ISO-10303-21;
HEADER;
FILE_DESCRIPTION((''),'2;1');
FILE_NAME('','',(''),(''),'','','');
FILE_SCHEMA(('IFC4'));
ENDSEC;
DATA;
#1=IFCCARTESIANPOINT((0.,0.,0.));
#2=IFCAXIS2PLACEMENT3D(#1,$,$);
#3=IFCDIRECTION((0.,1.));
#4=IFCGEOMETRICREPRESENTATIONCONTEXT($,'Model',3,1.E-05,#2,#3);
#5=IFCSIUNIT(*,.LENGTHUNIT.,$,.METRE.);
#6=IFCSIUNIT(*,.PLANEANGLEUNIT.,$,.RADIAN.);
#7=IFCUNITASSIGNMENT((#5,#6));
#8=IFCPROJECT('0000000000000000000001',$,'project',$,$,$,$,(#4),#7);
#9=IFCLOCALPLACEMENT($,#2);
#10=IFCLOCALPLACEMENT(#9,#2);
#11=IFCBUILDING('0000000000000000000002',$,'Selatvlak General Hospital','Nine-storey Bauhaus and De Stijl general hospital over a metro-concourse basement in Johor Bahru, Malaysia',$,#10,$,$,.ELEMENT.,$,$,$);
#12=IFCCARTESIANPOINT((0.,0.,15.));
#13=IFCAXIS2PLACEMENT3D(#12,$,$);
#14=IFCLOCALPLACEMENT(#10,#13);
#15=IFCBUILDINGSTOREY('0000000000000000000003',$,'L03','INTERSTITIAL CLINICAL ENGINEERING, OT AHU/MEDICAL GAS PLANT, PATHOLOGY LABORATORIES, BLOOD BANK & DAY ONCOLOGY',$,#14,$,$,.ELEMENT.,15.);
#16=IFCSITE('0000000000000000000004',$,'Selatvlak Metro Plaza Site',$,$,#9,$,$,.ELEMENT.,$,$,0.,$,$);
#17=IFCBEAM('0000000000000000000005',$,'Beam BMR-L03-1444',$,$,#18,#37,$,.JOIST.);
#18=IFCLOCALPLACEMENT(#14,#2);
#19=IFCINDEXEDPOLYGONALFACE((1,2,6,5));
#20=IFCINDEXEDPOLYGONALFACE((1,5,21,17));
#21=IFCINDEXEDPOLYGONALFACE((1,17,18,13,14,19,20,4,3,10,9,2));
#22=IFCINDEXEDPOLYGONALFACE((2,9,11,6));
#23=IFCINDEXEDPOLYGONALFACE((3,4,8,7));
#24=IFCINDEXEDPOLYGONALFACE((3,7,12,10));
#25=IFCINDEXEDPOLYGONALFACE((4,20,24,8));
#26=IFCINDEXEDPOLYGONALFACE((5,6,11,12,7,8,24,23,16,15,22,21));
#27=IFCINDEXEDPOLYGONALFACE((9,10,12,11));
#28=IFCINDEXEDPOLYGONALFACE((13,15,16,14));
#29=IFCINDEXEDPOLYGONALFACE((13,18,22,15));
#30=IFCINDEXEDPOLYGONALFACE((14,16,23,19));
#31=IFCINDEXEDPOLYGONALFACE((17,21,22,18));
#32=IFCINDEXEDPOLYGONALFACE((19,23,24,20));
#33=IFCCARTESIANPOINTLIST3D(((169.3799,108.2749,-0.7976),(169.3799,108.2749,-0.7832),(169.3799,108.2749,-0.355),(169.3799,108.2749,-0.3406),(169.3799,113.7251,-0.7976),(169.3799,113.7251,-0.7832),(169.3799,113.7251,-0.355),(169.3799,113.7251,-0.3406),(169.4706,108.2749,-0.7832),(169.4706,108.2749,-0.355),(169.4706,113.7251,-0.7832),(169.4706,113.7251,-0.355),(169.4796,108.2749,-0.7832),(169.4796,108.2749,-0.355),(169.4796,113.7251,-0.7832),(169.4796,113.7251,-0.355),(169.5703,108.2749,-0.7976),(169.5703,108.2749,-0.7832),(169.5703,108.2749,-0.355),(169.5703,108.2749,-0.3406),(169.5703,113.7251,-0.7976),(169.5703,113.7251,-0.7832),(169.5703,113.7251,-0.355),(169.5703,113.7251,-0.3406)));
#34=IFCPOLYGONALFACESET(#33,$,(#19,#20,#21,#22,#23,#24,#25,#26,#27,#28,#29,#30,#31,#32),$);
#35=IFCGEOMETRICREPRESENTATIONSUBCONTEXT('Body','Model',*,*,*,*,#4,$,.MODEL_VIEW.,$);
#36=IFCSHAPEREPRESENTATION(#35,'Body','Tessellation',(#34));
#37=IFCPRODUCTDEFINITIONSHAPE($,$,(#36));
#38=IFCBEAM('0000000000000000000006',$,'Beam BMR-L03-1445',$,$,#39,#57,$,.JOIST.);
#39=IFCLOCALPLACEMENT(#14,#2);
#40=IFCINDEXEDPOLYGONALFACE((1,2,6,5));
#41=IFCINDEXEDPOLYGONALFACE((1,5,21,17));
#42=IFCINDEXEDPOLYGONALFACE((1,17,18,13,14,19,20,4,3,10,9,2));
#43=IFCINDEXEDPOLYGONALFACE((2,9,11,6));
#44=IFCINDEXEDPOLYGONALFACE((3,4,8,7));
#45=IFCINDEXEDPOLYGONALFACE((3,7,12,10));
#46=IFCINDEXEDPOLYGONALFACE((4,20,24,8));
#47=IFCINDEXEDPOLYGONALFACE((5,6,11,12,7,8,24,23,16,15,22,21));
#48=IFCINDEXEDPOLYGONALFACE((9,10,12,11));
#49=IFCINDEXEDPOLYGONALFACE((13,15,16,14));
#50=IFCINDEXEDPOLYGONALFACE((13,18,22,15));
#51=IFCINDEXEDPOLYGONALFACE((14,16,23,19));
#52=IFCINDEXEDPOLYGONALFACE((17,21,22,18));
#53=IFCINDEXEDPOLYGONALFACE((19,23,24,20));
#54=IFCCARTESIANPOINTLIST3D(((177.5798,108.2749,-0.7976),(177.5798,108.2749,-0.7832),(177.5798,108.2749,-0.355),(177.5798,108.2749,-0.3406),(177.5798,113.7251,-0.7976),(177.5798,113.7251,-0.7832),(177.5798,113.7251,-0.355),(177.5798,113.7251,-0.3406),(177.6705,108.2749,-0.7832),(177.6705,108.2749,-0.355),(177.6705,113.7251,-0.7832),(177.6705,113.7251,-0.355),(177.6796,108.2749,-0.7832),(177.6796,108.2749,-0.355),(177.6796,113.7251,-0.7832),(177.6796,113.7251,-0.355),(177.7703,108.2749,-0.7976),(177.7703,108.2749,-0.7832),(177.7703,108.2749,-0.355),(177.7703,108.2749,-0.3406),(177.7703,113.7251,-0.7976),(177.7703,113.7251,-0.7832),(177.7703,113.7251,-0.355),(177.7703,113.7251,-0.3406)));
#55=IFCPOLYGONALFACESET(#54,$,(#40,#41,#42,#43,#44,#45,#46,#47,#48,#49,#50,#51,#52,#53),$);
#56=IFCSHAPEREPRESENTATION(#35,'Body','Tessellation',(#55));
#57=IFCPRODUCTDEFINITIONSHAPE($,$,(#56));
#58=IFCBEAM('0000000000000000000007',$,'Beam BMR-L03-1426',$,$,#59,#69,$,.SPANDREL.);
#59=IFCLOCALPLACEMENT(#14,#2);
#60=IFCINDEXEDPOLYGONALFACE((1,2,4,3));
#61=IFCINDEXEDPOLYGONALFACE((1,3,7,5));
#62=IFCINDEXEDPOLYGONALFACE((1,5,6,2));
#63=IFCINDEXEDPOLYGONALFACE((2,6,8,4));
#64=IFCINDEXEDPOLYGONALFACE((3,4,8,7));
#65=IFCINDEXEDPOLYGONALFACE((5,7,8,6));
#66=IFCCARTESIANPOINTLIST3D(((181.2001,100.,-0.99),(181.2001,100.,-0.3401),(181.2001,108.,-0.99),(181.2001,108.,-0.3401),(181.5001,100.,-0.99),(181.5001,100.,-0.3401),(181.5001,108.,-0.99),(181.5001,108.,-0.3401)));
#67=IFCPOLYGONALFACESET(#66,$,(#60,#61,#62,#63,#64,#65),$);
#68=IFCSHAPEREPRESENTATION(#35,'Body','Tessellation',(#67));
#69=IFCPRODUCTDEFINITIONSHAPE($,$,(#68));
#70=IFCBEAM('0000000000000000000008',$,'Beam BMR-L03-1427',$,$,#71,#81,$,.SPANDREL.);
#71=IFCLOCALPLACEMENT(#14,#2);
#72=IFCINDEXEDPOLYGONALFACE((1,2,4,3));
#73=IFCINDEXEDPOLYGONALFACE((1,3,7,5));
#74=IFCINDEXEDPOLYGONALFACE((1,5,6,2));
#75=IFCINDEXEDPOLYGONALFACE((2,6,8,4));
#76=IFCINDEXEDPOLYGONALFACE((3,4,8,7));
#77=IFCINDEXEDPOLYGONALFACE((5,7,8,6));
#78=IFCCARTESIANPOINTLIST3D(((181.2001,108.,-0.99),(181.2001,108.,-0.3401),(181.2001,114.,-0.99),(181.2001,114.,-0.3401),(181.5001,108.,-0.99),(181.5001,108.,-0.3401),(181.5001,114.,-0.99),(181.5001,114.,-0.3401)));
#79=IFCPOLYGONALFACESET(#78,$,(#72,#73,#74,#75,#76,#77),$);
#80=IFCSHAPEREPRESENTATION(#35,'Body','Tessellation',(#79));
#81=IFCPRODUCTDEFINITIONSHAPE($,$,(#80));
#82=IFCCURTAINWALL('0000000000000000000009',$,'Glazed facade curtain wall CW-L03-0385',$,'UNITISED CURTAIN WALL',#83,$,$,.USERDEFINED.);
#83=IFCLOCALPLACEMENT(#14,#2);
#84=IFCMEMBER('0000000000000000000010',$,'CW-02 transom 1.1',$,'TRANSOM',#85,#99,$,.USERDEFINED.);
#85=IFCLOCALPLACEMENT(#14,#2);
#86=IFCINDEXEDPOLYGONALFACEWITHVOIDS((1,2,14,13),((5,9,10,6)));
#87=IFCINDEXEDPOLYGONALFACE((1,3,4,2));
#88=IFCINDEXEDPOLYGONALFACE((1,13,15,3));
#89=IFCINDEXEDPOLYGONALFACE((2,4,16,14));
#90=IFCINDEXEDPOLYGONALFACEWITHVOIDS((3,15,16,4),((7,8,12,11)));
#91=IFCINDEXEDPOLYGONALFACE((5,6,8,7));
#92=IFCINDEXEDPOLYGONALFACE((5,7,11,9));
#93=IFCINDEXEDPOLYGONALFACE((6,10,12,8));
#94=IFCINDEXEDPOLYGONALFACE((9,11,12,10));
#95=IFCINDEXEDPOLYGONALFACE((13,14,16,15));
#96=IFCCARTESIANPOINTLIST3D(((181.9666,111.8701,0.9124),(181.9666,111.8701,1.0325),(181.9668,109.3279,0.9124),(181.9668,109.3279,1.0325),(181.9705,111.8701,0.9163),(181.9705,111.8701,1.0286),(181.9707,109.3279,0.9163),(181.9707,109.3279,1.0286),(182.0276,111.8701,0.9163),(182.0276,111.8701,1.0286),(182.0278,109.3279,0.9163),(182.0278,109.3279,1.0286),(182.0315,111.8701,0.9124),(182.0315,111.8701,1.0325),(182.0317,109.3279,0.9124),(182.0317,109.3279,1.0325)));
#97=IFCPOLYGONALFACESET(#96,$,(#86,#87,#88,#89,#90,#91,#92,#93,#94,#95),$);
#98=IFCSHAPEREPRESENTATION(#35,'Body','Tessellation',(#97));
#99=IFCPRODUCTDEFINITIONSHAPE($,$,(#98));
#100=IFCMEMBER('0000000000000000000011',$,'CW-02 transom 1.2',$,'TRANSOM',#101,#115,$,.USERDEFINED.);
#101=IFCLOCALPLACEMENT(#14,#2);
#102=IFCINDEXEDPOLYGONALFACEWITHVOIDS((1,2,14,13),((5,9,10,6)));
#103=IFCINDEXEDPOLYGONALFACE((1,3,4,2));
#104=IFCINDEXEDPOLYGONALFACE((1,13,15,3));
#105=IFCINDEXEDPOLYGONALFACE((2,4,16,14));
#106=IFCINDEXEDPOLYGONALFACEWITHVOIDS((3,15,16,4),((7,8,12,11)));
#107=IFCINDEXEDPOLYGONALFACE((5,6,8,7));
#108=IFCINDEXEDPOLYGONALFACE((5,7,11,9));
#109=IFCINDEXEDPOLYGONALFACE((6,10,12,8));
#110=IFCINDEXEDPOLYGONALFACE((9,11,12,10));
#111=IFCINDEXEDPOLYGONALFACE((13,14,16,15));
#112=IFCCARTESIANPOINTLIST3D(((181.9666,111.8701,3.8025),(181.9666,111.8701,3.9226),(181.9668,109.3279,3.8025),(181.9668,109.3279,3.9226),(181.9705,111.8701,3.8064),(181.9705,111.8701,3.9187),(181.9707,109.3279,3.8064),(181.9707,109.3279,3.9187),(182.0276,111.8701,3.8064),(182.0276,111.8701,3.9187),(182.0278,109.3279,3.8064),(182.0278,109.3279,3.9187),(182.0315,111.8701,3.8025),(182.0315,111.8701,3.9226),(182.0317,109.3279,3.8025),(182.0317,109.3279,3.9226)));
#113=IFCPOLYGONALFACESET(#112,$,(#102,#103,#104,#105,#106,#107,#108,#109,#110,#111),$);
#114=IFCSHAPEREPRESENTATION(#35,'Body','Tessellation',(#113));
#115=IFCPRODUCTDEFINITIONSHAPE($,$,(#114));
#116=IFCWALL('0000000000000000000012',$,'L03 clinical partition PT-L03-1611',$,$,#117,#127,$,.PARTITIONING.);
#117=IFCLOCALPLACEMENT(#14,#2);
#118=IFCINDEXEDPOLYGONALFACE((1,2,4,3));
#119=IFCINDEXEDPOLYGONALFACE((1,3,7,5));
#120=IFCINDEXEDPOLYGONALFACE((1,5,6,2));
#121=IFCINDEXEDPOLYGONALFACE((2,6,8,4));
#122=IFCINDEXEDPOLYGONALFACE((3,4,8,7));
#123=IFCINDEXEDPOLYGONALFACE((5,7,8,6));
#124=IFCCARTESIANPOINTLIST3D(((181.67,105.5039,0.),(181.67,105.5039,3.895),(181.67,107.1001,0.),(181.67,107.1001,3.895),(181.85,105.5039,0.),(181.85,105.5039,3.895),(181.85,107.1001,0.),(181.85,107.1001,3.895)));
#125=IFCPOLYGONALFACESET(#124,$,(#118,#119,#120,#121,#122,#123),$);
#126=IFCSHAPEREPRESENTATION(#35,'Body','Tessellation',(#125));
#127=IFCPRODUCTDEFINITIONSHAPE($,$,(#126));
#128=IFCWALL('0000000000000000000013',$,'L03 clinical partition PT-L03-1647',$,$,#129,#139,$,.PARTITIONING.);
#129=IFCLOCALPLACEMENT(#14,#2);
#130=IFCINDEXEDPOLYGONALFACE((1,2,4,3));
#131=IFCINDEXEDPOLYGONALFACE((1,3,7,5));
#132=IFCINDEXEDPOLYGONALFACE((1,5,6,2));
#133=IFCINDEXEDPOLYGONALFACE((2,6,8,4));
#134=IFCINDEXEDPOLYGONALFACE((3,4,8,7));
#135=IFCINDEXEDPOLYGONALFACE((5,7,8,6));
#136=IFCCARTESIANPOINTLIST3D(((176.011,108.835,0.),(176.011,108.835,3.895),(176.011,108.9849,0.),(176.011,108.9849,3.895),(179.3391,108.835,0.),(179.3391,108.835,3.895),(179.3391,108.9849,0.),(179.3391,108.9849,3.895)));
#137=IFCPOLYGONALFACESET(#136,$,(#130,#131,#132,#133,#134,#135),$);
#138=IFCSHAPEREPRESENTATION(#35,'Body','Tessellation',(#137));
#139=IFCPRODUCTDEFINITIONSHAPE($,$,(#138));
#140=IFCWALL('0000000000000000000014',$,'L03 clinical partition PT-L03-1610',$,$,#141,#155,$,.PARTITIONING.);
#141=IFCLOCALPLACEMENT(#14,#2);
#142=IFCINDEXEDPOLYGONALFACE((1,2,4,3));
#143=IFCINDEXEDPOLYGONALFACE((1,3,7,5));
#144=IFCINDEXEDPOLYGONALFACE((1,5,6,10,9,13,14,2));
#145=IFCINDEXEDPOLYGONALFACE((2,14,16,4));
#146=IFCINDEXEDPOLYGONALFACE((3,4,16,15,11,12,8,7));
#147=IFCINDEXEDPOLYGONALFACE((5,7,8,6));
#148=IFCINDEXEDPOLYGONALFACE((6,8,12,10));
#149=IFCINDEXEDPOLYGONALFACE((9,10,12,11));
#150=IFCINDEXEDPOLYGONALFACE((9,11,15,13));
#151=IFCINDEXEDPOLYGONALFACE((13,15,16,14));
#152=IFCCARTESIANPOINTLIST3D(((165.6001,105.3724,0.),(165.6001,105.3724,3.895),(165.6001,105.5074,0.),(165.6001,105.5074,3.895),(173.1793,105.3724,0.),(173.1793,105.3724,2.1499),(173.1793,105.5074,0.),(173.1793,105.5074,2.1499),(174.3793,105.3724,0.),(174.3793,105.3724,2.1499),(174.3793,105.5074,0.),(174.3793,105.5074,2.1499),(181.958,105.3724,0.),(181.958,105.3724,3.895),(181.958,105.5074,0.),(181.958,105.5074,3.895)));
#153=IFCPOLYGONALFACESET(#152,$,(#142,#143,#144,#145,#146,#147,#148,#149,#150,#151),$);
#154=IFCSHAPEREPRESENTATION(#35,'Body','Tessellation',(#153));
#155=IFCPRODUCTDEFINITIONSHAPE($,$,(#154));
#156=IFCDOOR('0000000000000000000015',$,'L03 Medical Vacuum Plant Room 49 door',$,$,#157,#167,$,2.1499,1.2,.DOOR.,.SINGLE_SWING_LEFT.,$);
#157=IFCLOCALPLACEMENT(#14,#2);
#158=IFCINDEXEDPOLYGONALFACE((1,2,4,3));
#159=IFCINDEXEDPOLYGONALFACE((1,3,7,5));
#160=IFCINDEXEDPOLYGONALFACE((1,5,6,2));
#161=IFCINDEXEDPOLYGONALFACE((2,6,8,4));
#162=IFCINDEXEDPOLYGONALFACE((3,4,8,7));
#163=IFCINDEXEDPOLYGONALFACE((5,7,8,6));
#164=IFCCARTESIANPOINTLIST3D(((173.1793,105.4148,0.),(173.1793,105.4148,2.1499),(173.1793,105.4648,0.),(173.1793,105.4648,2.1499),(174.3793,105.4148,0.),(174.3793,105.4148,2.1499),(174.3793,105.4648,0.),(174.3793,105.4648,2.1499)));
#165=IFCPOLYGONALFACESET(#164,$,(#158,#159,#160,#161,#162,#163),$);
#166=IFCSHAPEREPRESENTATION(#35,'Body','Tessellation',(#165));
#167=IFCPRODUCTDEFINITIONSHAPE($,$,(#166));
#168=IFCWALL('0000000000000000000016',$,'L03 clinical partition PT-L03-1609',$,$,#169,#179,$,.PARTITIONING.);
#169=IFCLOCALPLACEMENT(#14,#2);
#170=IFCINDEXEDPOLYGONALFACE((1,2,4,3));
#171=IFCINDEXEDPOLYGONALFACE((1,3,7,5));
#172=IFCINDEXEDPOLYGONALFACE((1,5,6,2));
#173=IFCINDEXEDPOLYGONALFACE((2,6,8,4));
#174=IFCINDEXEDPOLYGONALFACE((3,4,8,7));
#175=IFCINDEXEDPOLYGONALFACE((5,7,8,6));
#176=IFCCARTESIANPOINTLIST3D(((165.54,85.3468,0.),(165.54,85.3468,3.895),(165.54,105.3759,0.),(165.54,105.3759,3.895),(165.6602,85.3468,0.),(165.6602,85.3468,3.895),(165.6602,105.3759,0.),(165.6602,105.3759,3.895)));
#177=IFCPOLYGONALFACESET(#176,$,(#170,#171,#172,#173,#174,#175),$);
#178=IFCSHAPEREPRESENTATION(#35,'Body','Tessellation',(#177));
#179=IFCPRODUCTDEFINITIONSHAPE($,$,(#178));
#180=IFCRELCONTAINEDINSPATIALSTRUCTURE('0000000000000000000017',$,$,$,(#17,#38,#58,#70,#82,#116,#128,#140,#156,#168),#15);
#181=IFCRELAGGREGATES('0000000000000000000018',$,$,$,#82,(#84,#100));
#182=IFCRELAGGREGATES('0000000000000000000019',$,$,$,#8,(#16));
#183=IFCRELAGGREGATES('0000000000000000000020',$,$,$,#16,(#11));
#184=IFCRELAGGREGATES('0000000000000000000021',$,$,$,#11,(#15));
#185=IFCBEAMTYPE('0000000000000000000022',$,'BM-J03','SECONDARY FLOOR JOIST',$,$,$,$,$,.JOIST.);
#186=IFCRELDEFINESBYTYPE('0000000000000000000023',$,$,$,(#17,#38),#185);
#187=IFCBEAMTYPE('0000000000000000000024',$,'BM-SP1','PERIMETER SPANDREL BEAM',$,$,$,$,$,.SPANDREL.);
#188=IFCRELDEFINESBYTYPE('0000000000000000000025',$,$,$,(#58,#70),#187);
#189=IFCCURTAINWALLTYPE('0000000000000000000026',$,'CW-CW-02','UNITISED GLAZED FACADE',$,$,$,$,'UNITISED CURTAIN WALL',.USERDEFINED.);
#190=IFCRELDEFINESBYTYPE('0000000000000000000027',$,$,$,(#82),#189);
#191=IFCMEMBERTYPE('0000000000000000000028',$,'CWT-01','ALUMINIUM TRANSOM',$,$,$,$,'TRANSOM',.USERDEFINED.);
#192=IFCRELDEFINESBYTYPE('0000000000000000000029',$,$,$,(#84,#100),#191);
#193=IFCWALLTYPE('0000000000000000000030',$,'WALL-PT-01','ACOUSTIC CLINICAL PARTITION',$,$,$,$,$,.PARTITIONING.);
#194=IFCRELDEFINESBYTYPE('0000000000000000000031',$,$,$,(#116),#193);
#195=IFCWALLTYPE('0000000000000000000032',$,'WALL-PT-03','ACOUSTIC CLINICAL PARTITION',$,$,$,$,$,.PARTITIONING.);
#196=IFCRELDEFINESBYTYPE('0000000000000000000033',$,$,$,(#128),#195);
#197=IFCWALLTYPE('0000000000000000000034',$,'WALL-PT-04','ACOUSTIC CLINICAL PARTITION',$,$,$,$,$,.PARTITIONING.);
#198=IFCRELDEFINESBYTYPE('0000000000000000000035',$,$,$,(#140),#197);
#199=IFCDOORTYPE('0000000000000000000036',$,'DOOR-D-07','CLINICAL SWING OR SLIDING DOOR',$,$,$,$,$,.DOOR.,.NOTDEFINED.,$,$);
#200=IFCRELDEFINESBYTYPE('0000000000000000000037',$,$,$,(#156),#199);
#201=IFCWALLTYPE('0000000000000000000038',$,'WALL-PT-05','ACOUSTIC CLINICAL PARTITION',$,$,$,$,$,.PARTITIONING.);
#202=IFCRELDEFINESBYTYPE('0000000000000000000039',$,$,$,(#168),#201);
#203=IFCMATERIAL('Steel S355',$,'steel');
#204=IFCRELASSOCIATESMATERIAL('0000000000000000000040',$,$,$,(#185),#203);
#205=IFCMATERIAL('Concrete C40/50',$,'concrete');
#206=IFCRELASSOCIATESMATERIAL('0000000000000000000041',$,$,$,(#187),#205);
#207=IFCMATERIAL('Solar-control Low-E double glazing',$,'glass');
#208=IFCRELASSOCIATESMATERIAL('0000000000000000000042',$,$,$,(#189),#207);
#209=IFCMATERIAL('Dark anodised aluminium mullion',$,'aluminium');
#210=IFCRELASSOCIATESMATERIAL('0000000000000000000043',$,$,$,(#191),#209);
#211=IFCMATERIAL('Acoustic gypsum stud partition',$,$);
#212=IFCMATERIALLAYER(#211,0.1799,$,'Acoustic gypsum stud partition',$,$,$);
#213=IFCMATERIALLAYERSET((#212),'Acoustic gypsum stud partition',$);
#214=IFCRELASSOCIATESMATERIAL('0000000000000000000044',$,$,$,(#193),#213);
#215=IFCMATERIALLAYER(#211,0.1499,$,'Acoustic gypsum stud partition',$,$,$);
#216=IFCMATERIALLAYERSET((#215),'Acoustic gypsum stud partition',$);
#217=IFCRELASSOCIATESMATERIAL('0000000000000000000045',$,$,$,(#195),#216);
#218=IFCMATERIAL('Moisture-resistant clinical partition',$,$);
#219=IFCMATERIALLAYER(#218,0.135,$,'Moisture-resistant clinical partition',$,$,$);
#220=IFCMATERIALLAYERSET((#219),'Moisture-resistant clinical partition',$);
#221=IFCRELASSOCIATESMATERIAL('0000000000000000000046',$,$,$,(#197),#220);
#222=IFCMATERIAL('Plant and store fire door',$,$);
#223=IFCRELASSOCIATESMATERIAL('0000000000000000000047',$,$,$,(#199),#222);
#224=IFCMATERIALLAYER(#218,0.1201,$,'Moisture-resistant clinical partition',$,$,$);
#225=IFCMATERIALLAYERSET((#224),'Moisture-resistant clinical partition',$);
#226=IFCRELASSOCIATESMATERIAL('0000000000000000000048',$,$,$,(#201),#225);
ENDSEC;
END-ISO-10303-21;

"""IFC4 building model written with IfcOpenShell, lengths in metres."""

from ifc_helpers import new_model, si_unit, direction, frame, frame_2d, origin, origin_2d, place, context, subcontext, project, spatial, rectangle, hollow_rectangle, i_section, extrude, material, layer, layer_set, material_profile, profile_set, type_object, element, fill, aggregate, save


model = new_model("IFC4")

# Units and contexts
model_context = context("Model", 3, precision=1e-05, world=origin(), true_north=direction((0.0, 1.0)))
body_context = subcontext(model_context, "Body", "Model", "MODEL_VIEW")
ifc_project = project(units=[si_unit("LENGTHUNIT", "METRE"), si_unit("PLANEANGLEUNIT", "RADIAN")], contexts=[model_context])

# Site, building, storey
site_placement = place(None, origin())
site = spatial("IfcSite", under=ifc_project, at=site_placement, Name="Selatvlak Metro Plaza Site", CompositionType="ELEMENT", RefElevation=0.0)
building_placement = place(site_placement, origin())
building = spatial("IfcBuilding", under=site, at=building_placement, Name="Selatvlak General Hospital", Description="Nine-storey Bauhaus and De Stijl general hospital over a metro-concourse basement in Johor Bahru, Malaysia", CompositionType="ELEMENT")
storey_placement = place(building_placement, frame((0.0, 0.0, 15.0)))
storey = spatial("IfcBuildingStorey", under=building, at=storey_placement, Name="L03", Description="INTERSTITIAL CLINICAL ENGINEERING, OT AHU/MEDICAL GAS PLANT, PATHOLOGY LABORATORIES, BLOOD BANK & DAY ONCOLOGY", CompositionType="ELEMENT", Elevation=15.0)

# Shared definitions
ifc_material_1 = material(Name="Concrete C40/50", Category="concrete")

# Beams
ifc_material_2 = material(Name="Steel S355", Category="steel")
ifc_material_profile_1 = material_profile(ifc_material_2, i_section(OverallWidth=0.1904, OverallDepth=0.457, WebThickness=0.009, FlangeThickness=0.0144, at=origin_2d()), Name="UB 457x191x74")
ifc_profile_set_1 = profile_set([ifc_material_profile_1], Name="Steel S355")
beam_type_1 = type_object("IfcBeamType", Name="BM-J03", Description="SECONDARY FLOOR JOIST", PredefinedType="JOIST", material=ifc_profile_set_1)
for number, where, z_axis, x_axis, name in (
    (1, (169.4751, 108.2749, -0.5691), (0.0, 1.0, 0.0), (-1.0, 0.0, 0.0), "Beam BMR-L03-1444"),
    (2, (177.675, 108.2749, -0.5691), (0.0, 1.0, 0.0), (-1.0, 0.0, 0.0), "Beam BMR-L03-1445"),
):
    element("IfcBeam", number, at=place(storey_placement, frame(where, z_axis=z_axis, x_axis=x_axis)), inside=storey, type_object=beam_type_1, Name=name, PredefinedType="JOIST", context=body_context, shape_type="SweptSolid", body=[
        extrude(i_section(OverallWidth=0.1904, OverallDepth=0.457, WebThickness=0.009, FlangeThickness=0.0144, at=origin_2d()), origin(), (0.0, 0.0, 1.0), 5.4502),
    ])
ifc_material_profile_2 = material_profile(ifc_material_1, rectangle(XDim=0.3, YDim=0.6499, at=origin_2d()), Name="RC-SP 300x650")
ifc_profile_set_2 = profile_set([ifc_material_profile_2], Name="Concrete C40/50")
beam_type_2 = type_object("IfcBeamType", Name="BM-SP1", Description="PERIMETER SPANDREL BEAM", PredefinedType="SPANDREL", material=ifc_profile_set_2)
beam_1_placement = place(storey_placement, frame((181.3501, 100.0, -0.665), z_axis=(0.0, 1.0, 0.0), x_axis=(-1.0, 0.0, 0.0)))
element("IfcBeam", 3, at=beam_1_placement, inside=storey, type_object=beam_type_2, Name="Beam BMR-L03-1426", PredefinedType="SPANDREL", context=body_context, shape_type="SweptSolid", body=[
    extrude(rectangle(XDim=0.3, YDim=0.6499, at=origin_2d()), origin(), (0.0, 0.0, 1.0), 8.0),
])
beam_2_placement = place(storey_placement, frame((181.3501, 108.0, -0.665), z_axis=(0.0, 1.0, 0.0), x_axis=(-1.0, 0.0, 0.0)))
element("IfcBeam", 4, at=beam_2_placement, inside=storey, type_object=beam_type_2, Name="Beam BMR-L03-1427", PredefinedType="SPANDREL", context=body_context, shape_type="SweptSolid", body=[
    extrude(rectangle(XDim=0.3, YDim=0.6499, at=origin_2d()), origin(), (0.0, 0.0, 1.0), 6.0),
])

# Curtain wall, members
ifc_material_3 = material(Name="Solar-control Low-E double glazing", Category="glass")
curtain_wall_type = type_object("IfcCurtainWallType", Name="CW-CW-02", Description="UNITISED GLAZED FACADE", ElementType="UNITISED CURTAIN WALL", PredefinedType="USERDEFINED", material=ifc_material_3)
curtain_wall_placement = place(storey_placement, origin())
curtain_wall = element("IfcCurtainWall", 5, at=curtain_wall_placement, inside=storey, type_object=curtain_wall_type, Name="Glazed facade curtain wall CW-L03-0385", ObjectType="UNITISED CURTAIN WALL", PredefinedType="USERDEFINED")
ifc_material_4 = material(Name="Dark anodised aluminium mullion", Category="aluminium")
ifc_material_profile_3 = material_profile(ifc_material_4, hollow_rectangle(XDim=0.0649, YDim=0.1201, WallThickness=0.0039, at=origin_2d()), Name="AL-TRN 65x120x4")
ifc_profile_set_3 = profile_set([ifc_material_profile_3], Name="Dark anodised aluminium mullion")
member_type = type_object("IfcMemberType", Name="CWT-01", Description="ALUMINIUM TRANSOM", ElementType="TRANSOM", PredefinedType="USERDEFINED", material=ifc_profile_set_3)
member_1_placement = place(storey_placement, frame((181.999, 111.8701, 0.9724), z_axis=(0.000096, -1.0, 0.0), x_axis=(1.0, 0.000096, 0.0)))
member_1 = element("IfcMember", 6, at=member_1_placement, type_object=member_type, Name="CW-02 transom 1.1", ObjectType="TRANSOM", PredefinedType="USERDEFINED", context=body_context, shape_type="SweptSolid", body=[
    extrude(hollow_rectangle(XDim=0.0649, YDim=0.1201, WallThickness=0.0039, at=origin_2d()), origin(), (0.0, 0.0, 1.0), 2.5422),
])
member_2_placement = place(storey_placement, frame((181.999, 111.8701, 3.8625), z_axis=(0.000096, -1.0, 0.0), x_axis=(1.0, 0.000096, 0.0)))
member_2 = element("IfcMember", 7, at=member_2_placement, type_object=member_type, Name="CW-02 transom 1.2", ObjectType="TRANSOM", PredefinedType="USERDEFINED", context=body_context, shape_type="SweptSolid", body=[
    extrude(hollow_rectangle(XDim=0.0649, YDim=0.1201, WallThickness=0.0039, at=origin_2d()), origin(), (0.0, 0.0, 1.0), 2.5422),
])
aggregate(curtain_wall, [member_1, member_2])

# Walls
ifc_material_5 = material(Name="Acoustic gypsum stud partition")
ifc_layer_1 = layer(ifc_material_5, 0.1799, Name="Acoustic gypsum stud partition")
ifc_layer_set_1 = layer_set([ifc_layer_1], Name="Acoustic gypsum stud partition")
wall_type_1 = type_object("IfcWallType", Name="WALL-PT-01", Description="ACOUSTIC CLINICAL PARTITION", PredefinedType="PARTITIONING", material=ifc_layer_set_1)
wall_1_placement = place(storey_placement, frame((181.76, 105.5039, 0.0), z_axis=(0.0, 0.0, 1.0), x_axis=(0.0, 1.0, 0.0)))
element("IfcWall", 8, at=wall_1_placement, inside=storey, type_object=wall_type_1, Name="L03 clinical partition PT-L03-1611", PredefinedType="PARTITIONING", context=body_context, shape_type="SweptSolid", body=[
    extrude(rectangle(XDim=1.5962, YDim=0.1799, at=frame_2d((0.7981, 0.0))), origin(), (0.0, 0.0, 1.0), 3.895),
])
ifc_layer_2 = layer(ifc_material_5, 0.1499, Name="Acoustic gypsum stud partition")
ifc_layer_set_2 = layer_set([ifc_layer_2], Name="Acoustic gypsum stud partition")
wall_type_2 = type_object("IfcWallType", Name="WALL-PT-03", Description="ACOUSTIC CLINICAL PARTITION", PredefinedType="PARTITIONING", material=ifc_layer_set_2)
wall_2_placement = place(storey_placement, frame((179.3391, 108.9099, 0.0), z_axis=(0.0, 0.0, 1.0), x_axis=(-1.0, 0.0, 0.0)))
element("IfcWall", 9, at=wall_2_placement, inside=storey, type_object=wall_type_2, Name="L03 clinical partition PT-L03-1647", PredefinedType="PARTITIONING", context=body_context, shape_type="SweptSolid", body=[
    extrude(rectangle(XDim=3.3281, YDim=0.1499, at=frame_2d((1.6641, 0.0))), origin(), (0.0, 0.0, 1.0), 3.895),
])

# Wall, opening, door
ifc_material_6 = material(Name="Moisture-resistant clinical partition")
ifc_layer_3 = layer(ifc_material_6, 0.135, Name="Moisture-resistant clinical partition")
ifc_layer_set_3 = layer_set([ifc_layer_3], Name="Moisture-resistant clinical partition")
wall_type_3 = type_object("IfcWallType", Name="WALL-PT-04", Description="ACOUSTIC CLINICAL PARTITION", PredefinedType="PARTITIONING", material=ifc_layer_set_3)
wall_3_placement = place(storey_placement, frame((165.6001, 105.4399, 0.0), z_axis=(0.0, 0.0, 1.0), x_axis=(1.0, 0.0, 0.0)))
wall_3 = element("IfcWall", 10, at=wall_3_placement, inside=storey, type_object=wall_type_3, Name="L03 clinical partition PT-L03-1610", PredefinedType="PARTITIONING", context=body_context, shape_type="SweptSolid", body=[
    extrude(rectangle(XDim=16.3579, YDim=0.135, at=frame_2d((8.179, 0.0))), origin(), (0.0, 0.0, 1.0), 3.895),
])
opening_1_placement = place(wall_3_placement, frame((7.5791, 0.0, 0.0)))
opening_1 = element("IfcOpeningElement", 11, at=opening_1_placement, cuts=wall_3, PredefinedType="OPENING", context=body_context, shape_type="SweptSolid", body=[
    extrude(rectangle(XDim=1.2, YDim=2.1499, at=frame_2d((0.6001, 1.075))), frame((0.0, 0.0774, 0.0), z_axis=(0.0, -1.0, 0.0), x_axis=(1.0, 0.0, 0.0)), (0.0, 0.0, 1.0), 0.155),
])
ifc_material_7 = material(Name="Plant and store fire door")
door_type_1 = type_object("IfcDoorType", Name="DOOR-D-07", Description="CLINICAL SWING OR SLIDING DOOR", OperationType="NOTDEFINED", PredefinedType="DOOR", material=ifc_material_7)
door_1_placement = place(opening_1_placement, origin())
door_1 = element("IfcDoor", 12, at=door_1_placement, inside=storey, type_object=door_type_1, Name="L03 Medical Vacuum Plant Room 49 door", OperationType="SINGLE_SWING_LEFT", OverallHeight=2.1499, OverallWidth=1.2, PredefinedType="DOOR", context=body_context, shape_type="SweptSolid", body=[
    extrude(rectangle(XDim=1.2, YDim=2.1499, at=frame_2d((0.6001, 1.075))), frame((0.0, 0.0249, 0.0), z_axis=(0.0, -1.0, 0.0), x_axis=(1.0, 0.0, 0.0)), (0.0, 0.0, 1.0), 0.05),
])
fill(opening_1, door_1)

# Wall
ifc_layer_4 = layer(ifc_material_6, 0.1201, Name="Moisture-resistant clinical partition")
ifc_layer_set_4 = layer_set([ifc_layer_4], Name="Moisture-resistant clinical partition")
wall_type_4 = type_object("IfcWallType", Name="WALL-PT-05", Description="ACOUSTIC CLINICAL PARTITION", PredefinedType="PARTITIONING", material=ifc_layer_set_4)
wall_4_placement = place(storey_placement, frame((165.6001, 105.376, 0.0), z_axis=(0.0, 0.0, 1.0), x_axis=(0.0, -1.0, 0.0)))
element("IfcWall", 13, at=wall_4_placement, inside=storey, type_object=wall_type_4, Name="L03 clinical partition PT-L03-1609", PredefinedType="PARTITIONING", context=body_context, shape_type="SweptSolid", body=[
    extrude(rectangle(XDim=20.0291, YDim=0.1201, at=frame_2d((10.0146, 0.0))), origin(), (0.0, 0.0, 1.0), 3.895),
])

save(model, "model.ifc")
